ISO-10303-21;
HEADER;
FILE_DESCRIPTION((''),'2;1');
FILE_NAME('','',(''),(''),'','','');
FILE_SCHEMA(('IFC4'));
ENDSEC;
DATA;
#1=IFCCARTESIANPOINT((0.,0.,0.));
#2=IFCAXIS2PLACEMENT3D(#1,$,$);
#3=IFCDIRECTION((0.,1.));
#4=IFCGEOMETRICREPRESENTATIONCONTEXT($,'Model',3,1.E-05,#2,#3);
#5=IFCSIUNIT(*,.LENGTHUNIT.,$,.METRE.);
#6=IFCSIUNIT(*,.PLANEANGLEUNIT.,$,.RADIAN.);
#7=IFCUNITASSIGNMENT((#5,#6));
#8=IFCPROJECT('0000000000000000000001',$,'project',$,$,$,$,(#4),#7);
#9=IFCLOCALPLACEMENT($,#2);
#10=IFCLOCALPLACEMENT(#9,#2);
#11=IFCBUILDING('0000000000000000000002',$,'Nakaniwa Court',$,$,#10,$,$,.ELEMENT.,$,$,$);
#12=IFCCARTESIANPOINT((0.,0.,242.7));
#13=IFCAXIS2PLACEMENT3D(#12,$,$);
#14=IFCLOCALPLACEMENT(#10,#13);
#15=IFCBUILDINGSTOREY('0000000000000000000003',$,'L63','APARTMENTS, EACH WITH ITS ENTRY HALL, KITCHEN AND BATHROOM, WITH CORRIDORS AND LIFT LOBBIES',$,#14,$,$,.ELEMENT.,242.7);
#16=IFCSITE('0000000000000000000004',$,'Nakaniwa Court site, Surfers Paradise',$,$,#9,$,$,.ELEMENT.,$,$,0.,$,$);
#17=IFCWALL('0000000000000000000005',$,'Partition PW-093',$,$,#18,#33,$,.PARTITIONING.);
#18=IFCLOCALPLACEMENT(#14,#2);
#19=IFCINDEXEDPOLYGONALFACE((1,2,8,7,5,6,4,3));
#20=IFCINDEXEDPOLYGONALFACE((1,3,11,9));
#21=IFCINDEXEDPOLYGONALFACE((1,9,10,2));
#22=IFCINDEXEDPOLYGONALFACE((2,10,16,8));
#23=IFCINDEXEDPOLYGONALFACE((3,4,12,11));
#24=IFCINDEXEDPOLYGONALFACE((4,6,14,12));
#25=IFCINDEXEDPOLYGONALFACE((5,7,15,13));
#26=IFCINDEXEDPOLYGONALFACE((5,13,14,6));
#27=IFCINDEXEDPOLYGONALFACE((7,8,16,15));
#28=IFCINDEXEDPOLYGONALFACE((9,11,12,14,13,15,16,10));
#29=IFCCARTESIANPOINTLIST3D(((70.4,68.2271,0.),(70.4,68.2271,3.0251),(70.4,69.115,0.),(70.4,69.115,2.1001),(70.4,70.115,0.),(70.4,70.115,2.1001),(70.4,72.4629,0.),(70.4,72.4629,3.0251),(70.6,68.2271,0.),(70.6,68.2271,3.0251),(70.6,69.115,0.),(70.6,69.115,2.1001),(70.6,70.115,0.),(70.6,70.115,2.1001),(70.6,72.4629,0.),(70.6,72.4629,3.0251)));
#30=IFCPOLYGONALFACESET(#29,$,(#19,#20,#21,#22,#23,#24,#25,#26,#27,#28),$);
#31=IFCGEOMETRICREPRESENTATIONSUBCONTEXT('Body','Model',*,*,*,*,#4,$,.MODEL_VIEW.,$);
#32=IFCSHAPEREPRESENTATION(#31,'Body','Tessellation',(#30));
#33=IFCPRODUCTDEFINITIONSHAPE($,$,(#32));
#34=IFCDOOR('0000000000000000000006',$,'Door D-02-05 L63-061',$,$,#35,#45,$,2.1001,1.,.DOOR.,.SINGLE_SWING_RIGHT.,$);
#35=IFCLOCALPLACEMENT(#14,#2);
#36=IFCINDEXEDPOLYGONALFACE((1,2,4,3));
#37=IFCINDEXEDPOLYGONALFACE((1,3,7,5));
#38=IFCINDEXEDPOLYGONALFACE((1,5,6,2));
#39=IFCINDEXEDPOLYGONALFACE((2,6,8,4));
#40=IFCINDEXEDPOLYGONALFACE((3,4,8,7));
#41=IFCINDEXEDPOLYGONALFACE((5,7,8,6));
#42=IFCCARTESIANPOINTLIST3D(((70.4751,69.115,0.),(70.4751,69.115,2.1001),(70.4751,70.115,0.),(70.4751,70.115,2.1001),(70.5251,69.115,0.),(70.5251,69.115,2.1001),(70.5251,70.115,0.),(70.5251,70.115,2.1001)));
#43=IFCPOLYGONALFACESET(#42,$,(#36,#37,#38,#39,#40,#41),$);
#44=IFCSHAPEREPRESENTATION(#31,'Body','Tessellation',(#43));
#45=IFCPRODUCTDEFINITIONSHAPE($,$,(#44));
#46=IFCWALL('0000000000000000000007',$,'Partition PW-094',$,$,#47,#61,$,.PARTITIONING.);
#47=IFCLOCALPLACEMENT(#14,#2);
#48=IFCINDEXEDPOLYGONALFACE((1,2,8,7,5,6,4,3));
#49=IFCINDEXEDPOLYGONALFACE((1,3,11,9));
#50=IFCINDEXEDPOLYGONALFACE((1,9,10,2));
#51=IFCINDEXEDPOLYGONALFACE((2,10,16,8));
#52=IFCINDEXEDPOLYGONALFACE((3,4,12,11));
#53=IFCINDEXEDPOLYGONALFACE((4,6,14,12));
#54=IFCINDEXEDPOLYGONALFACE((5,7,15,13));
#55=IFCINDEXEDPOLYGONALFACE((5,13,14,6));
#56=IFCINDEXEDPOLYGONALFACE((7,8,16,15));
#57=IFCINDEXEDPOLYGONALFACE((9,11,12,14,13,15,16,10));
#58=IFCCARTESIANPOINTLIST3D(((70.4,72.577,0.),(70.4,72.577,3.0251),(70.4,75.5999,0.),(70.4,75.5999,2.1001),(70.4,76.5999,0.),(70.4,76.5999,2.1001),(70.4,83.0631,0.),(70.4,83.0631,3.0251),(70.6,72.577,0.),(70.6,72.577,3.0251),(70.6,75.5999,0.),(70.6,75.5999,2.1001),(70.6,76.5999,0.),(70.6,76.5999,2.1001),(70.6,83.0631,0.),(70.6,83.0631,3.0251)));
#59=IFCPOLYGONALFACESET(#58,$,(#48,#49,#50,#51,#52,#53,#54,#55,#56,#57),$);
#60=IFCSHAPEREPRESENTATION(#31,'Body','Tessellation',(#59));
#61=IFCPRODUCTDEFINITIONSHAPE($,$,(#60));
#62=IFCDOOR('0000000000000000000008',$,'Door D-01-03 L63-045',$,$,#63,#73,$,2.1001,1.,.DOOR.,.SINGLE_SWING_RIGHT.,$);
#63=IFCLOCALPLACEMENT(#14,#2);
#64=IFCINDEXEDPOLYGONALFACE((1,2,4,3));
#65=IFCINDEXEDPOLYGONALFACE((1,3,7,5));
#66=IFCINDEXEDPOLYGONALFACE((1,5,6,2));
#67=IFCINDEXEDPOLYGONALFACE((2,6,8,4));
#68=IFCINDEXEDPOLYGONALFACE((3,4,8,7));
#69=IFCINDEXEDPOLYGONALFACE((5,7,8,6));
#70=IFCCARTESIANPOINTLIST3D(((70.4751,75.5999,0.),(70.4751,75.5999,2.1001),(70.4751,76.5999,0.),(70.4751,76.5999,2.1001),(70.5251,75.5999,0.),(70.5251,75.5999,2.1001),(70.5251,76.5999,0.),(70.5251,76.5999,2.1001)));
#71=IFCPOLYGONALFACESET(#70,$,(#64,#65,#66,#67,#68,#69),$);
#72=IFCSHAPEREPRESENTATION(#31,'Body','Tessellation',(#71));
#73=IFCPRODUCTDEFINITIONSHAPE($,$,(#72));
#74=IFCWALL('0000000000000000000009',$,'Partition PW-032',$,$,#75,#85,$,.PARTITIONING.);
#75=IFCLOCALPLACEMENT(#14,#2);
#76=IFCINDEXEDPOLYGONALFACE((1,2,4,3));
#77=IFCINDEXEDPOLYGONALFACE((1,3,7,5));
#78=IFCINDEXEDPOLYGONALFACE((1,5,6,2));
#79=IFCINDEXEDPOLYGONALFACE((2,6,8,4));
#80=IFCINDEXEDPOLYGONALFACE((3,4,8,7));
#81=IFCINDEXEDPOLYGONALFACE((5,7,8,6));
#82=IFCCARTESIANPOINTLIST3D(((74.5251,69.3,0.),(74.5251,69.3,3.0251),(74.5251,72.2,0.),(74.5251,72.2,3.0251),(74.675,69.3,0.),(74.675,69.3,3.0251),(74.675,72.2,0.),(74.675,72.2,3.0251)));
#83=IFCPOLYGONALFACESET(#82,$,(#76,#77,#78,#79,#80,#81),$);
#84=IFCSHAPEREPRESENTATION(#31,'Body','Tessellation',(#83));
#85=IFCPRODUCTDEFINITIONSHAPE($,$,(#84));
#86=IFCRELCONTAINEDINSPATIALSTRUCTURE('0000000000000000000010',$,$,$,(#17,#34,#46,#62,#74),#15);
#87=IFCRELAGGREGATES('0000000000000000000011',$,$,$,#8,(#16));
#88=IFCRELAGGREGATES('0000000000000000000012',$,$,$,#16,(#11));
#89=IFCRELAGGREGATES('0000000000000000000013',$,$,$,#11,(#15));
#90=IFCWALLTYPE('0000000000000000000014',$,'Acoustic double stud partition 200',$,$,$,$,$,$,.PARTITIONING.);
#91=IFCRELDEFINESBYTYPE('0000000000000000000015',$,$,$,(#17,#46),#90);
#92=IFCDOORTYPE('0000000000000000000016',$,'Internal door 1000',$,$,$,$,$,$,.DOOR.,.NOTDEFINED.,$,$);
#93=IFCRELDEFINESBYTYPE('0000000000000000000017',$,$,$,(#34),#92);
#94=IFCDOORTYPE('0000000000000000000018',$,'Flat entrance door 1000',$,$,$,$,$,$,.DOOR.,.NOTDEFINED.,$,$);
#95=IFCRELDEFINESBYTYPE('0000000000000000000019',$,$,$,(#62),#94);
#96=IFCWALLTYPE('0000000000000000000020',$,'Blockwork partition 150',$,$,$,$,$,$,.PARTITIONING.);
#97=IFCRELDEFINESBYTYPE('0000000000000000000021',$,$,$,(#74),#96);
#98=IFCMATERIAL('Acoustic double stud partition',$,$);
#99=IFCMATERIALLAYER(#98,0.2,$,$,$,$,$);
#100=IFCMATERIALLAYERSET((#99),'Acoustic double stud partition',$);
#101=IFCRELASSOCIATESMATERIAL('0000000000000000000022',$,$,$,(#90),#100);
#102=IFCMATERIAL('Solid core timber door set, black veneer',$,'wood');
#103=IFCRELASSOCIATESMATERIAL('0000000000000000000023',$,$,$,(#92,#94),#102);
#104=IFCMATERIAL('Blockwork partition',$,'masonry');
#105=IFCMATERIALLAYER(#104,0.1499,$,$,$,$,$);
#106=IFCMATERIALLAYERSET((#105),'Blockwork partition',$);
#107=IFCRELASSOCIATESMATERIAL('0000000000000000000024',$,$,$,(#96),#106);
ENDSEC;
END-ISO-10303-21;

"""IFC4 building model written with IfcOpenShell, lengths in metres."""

from ifc_helpers import new_model, si_unit, direction, frame, frame_2d, origin, place, context, subcontext, project, spatial, rectangle, extrude, material, layer, layer_set, type_object, element, fill, save


model = new_model("IFC4")

# Units and contexts
model_context = context("Model", 3, precision=1e-05, world=origin(), true_north=direction((0.0, 1.0)))
body_context = subcontext(model_context, "Body", "Model", "MODEL_VIEW")
ifc_project = project(units=[si_unit("LENGTHUNIT", "METRE"), si_unit("PLANEANGLEUNIT", "RADIAN")], contexts=[model_context])

# Site, building, storey
site_placement = place(None, origin())
site = spatial("IfcSite", under=ifc_project, at=site_placement, Name="Nakaniwa Court site, Surfers Paradise", CompositionType="ELEMENT", RefElevation=0.0)
building_placement = place(site_placement, origin())
building = spatial("IfcBuilding", under=site, at=building_placement, Name="Nakaniwa Court", CompositionType="ELEMENT")
storey_placement = place(building_placement, frame((0.0, 0.0, 242.7)))
storey = spatial("IfcBuildingStorey", under=building, at=storey_placement, Name="L63", Description="APARTMENTS, EACH WITH ITS ENTRY HALL, KITCHEN AND BATHROOM, WITH CORRIDORS AND LIFT LOBBIES", CompositionType="ELEMENT", Elevation=242.7)

# Shared definitions
ifc_material_1 = material(Name="Acoustic double stud partition")
ifc_layer_1 = layer(ifc_material_1, 0.2)
ifc_layer_set_1 = layer_set([ifc_layer_1], Name="Acoustic double stud partition")
wall_type_1 = type_object("IfcWallType", Name="Acoustic double stud partition 200", PredefinedType="PARTITIONING", material=ifc_layer_set_1)

# Walls, openings, doors
wall_1_placement = place(storey_placement, frame((70.5, 68.2271, 0.0), z_axis=(0.0, 0.0, 1.0), x_axis=(0.0, 1.0, 0.0)))
wall_1 = element("IfcWall", 1, at=wall_1_placement, inside=storey, type_object=wall_type_1, Name="Partition PW-093", PredefinedType="PARTITIONING", context=body_context, shape_type="SweptSolid", body=[
    extrude(rectangle(XDim=4.2358, YDim=0.2, at=frame_2d((2.1179, 0.0))), origin(), (0.0, 0.0, 1.0), 3.0251),
])
opening_1_placement = place(wall_1_placement, frame((0.8879, 0.0, 0.0)))
opening_1 = element("IfcOpeningElement", 2, at=opening_1_placement, cuts=wall_1, PredefinedType="OPENING", context=body_context, shape_type="SweptSolid", body=[
    extrude(rectangle(XDim=1.0, YDim=2.1001, at=frame_2d((0.5, 1.05))), frame((0.0, 0.1099, 0.0), z_axis=(0.0, -1.0, 0.0), x_axis=(1.0, 0.0, 0.0)), (0.0, 0.0, 1.0), 0.22),
])
ifc_material_2 = material(Name="Solid core timber door set, black veneer", Category="wood")
door_type_1 = type_object("IfcDoorType", Name="Internal door 1000", OperationType="NOTDEFINED", PredefinedType="DOOR", material=ifc_material_2)
door_1_placement = place(opening_1_placement, origin())
door_1 = element("IfcDoor", 3, at=door_1_placement, inside=storey, type_object=door_type_1, Name="Door D-02-05 L63-061", OperationType="SINGLE_SWING_RIGHT", OverallHeight=2.1001, OverallWidth=1.0, PredefinedType="DOOR", context=body_context, shape_type="SweptSolid", body=[
    extrude(rectangle(XDim=1.0, YDim=2.1001, at=frame_2d((0.5, 1.05))), frame((0.0, 0.0249, 0.0), z_axis=(0.0, -1.0, 0.0), x_axis=(1.0, 0.0, 0.0)), (0.0, 0.0, 1.0), 0.05),
])
fill(opening_1, door_1)
wall_2_placement = place(storey_placement, frame((70.5, 72.5769, 0.0), z_axis=(0.0, 0.0, 1.0), x_axis=(0.0, 1.0, 0.0)))
wall_2 = element("IfcWall", 4, at=wall_2_placement, inside=storey, type_object=wall_type_1, Name="Partition PW-094", PredefinedType="PARTITIONING", context=body_context, shape_type="SweptSolid", body=[
    extrude(rectangle(XDim=10.4861, YDim=0.2, at=frame_2d((5.2432, 0.0))), origin(), (0.0, 0.0, 1.0), 3.0251),
])
opening_2_placement = place(wall_2_placement, frame((3.0229, 0.0, 0.0)))
opening_2 = element("IfcOpeningElement", 5, at=opening_2_placement, cuts=wall_2, PredefinedType="OPENING", context=body_context, shape_type="SweptSolid", body=[
    extrude(rectangle(XDim=1.0, YDim=2.1001, at=frame_2d((0.5, 1.05))), frame((0.0, 0.1099, 0.0), z_axis=(0.0, -1.0, 0.0), x_axis=(1.0, 0.0, 0.0)), (0.0, 0.0, 1.0), 0.22),
])
door_type_2 = type_object("IfcDoorType", Name="Flat entrance door 1000", OperationType="NOTDEFINED", PredefinedType="DOOR", material=ifc_material_2)
door_2_placement = place(opening_2_placement, origin())
door_2 = element("IfcDoor", 6, at=door_2_placement, inside=storey, type_object=door_type_2, Name="Door D-01-03 L63-045", OperationType="SINGLE_SWING_RIGHT", OverallHeight=2.1001, OverallWidth=1.0, PredefinedType="DOOR", context=body_context, shape_type="SweptSolid", body=[
    extrude(rectangle(XDim=1.0, YDim=2.1001, at=frame_2d((0.5, 1.05))), frame((0.0, 0.0249, 0.0), z_axis=(0.0, -1.0, 0.0), x_axis=(1.0, 0.0, 0.0)), (0.0, 0.0, 1.0), 0.05),
])
fill(opening_2, door_2)

# Wall
ifc_material_3 = material(Name="Blockwork partition", Category="masonry")
ifc_layer_2 = layer(ifc_material_3, 0.1499)
ifc_layer_set_2 = layer_set([ifc_layer_2], Name="Blockwork partition")
wall_type_2 = type_object("IfcWallType", Name="Blockwork partition 150", PredefinedType="PARTITIONING", material=ifc_layer_set_2)
wall_3_placement = place(storey_placement, frame((74.6001, 69.3, 0.0), z_axis=(0.0, 0.0, 1.0), x_axis=(0.0, 1.0, 0.0)))
element("IfcWall", 7, at=wall_3_placement, inside=storey, type_object=wall_type_2, Name="Partition PW-032", PredefinedType="PARTITIONING", context=body_context, shape_type="SweptSolid", body=[
    extrude(rectangle(XDim=2.8999, YDim=0.1499, at=frame_2d((1.45, 0.0))), origin(), (0.0, 0.0, 1.0), 3.0251),
])

save(model, "model.ifc")
